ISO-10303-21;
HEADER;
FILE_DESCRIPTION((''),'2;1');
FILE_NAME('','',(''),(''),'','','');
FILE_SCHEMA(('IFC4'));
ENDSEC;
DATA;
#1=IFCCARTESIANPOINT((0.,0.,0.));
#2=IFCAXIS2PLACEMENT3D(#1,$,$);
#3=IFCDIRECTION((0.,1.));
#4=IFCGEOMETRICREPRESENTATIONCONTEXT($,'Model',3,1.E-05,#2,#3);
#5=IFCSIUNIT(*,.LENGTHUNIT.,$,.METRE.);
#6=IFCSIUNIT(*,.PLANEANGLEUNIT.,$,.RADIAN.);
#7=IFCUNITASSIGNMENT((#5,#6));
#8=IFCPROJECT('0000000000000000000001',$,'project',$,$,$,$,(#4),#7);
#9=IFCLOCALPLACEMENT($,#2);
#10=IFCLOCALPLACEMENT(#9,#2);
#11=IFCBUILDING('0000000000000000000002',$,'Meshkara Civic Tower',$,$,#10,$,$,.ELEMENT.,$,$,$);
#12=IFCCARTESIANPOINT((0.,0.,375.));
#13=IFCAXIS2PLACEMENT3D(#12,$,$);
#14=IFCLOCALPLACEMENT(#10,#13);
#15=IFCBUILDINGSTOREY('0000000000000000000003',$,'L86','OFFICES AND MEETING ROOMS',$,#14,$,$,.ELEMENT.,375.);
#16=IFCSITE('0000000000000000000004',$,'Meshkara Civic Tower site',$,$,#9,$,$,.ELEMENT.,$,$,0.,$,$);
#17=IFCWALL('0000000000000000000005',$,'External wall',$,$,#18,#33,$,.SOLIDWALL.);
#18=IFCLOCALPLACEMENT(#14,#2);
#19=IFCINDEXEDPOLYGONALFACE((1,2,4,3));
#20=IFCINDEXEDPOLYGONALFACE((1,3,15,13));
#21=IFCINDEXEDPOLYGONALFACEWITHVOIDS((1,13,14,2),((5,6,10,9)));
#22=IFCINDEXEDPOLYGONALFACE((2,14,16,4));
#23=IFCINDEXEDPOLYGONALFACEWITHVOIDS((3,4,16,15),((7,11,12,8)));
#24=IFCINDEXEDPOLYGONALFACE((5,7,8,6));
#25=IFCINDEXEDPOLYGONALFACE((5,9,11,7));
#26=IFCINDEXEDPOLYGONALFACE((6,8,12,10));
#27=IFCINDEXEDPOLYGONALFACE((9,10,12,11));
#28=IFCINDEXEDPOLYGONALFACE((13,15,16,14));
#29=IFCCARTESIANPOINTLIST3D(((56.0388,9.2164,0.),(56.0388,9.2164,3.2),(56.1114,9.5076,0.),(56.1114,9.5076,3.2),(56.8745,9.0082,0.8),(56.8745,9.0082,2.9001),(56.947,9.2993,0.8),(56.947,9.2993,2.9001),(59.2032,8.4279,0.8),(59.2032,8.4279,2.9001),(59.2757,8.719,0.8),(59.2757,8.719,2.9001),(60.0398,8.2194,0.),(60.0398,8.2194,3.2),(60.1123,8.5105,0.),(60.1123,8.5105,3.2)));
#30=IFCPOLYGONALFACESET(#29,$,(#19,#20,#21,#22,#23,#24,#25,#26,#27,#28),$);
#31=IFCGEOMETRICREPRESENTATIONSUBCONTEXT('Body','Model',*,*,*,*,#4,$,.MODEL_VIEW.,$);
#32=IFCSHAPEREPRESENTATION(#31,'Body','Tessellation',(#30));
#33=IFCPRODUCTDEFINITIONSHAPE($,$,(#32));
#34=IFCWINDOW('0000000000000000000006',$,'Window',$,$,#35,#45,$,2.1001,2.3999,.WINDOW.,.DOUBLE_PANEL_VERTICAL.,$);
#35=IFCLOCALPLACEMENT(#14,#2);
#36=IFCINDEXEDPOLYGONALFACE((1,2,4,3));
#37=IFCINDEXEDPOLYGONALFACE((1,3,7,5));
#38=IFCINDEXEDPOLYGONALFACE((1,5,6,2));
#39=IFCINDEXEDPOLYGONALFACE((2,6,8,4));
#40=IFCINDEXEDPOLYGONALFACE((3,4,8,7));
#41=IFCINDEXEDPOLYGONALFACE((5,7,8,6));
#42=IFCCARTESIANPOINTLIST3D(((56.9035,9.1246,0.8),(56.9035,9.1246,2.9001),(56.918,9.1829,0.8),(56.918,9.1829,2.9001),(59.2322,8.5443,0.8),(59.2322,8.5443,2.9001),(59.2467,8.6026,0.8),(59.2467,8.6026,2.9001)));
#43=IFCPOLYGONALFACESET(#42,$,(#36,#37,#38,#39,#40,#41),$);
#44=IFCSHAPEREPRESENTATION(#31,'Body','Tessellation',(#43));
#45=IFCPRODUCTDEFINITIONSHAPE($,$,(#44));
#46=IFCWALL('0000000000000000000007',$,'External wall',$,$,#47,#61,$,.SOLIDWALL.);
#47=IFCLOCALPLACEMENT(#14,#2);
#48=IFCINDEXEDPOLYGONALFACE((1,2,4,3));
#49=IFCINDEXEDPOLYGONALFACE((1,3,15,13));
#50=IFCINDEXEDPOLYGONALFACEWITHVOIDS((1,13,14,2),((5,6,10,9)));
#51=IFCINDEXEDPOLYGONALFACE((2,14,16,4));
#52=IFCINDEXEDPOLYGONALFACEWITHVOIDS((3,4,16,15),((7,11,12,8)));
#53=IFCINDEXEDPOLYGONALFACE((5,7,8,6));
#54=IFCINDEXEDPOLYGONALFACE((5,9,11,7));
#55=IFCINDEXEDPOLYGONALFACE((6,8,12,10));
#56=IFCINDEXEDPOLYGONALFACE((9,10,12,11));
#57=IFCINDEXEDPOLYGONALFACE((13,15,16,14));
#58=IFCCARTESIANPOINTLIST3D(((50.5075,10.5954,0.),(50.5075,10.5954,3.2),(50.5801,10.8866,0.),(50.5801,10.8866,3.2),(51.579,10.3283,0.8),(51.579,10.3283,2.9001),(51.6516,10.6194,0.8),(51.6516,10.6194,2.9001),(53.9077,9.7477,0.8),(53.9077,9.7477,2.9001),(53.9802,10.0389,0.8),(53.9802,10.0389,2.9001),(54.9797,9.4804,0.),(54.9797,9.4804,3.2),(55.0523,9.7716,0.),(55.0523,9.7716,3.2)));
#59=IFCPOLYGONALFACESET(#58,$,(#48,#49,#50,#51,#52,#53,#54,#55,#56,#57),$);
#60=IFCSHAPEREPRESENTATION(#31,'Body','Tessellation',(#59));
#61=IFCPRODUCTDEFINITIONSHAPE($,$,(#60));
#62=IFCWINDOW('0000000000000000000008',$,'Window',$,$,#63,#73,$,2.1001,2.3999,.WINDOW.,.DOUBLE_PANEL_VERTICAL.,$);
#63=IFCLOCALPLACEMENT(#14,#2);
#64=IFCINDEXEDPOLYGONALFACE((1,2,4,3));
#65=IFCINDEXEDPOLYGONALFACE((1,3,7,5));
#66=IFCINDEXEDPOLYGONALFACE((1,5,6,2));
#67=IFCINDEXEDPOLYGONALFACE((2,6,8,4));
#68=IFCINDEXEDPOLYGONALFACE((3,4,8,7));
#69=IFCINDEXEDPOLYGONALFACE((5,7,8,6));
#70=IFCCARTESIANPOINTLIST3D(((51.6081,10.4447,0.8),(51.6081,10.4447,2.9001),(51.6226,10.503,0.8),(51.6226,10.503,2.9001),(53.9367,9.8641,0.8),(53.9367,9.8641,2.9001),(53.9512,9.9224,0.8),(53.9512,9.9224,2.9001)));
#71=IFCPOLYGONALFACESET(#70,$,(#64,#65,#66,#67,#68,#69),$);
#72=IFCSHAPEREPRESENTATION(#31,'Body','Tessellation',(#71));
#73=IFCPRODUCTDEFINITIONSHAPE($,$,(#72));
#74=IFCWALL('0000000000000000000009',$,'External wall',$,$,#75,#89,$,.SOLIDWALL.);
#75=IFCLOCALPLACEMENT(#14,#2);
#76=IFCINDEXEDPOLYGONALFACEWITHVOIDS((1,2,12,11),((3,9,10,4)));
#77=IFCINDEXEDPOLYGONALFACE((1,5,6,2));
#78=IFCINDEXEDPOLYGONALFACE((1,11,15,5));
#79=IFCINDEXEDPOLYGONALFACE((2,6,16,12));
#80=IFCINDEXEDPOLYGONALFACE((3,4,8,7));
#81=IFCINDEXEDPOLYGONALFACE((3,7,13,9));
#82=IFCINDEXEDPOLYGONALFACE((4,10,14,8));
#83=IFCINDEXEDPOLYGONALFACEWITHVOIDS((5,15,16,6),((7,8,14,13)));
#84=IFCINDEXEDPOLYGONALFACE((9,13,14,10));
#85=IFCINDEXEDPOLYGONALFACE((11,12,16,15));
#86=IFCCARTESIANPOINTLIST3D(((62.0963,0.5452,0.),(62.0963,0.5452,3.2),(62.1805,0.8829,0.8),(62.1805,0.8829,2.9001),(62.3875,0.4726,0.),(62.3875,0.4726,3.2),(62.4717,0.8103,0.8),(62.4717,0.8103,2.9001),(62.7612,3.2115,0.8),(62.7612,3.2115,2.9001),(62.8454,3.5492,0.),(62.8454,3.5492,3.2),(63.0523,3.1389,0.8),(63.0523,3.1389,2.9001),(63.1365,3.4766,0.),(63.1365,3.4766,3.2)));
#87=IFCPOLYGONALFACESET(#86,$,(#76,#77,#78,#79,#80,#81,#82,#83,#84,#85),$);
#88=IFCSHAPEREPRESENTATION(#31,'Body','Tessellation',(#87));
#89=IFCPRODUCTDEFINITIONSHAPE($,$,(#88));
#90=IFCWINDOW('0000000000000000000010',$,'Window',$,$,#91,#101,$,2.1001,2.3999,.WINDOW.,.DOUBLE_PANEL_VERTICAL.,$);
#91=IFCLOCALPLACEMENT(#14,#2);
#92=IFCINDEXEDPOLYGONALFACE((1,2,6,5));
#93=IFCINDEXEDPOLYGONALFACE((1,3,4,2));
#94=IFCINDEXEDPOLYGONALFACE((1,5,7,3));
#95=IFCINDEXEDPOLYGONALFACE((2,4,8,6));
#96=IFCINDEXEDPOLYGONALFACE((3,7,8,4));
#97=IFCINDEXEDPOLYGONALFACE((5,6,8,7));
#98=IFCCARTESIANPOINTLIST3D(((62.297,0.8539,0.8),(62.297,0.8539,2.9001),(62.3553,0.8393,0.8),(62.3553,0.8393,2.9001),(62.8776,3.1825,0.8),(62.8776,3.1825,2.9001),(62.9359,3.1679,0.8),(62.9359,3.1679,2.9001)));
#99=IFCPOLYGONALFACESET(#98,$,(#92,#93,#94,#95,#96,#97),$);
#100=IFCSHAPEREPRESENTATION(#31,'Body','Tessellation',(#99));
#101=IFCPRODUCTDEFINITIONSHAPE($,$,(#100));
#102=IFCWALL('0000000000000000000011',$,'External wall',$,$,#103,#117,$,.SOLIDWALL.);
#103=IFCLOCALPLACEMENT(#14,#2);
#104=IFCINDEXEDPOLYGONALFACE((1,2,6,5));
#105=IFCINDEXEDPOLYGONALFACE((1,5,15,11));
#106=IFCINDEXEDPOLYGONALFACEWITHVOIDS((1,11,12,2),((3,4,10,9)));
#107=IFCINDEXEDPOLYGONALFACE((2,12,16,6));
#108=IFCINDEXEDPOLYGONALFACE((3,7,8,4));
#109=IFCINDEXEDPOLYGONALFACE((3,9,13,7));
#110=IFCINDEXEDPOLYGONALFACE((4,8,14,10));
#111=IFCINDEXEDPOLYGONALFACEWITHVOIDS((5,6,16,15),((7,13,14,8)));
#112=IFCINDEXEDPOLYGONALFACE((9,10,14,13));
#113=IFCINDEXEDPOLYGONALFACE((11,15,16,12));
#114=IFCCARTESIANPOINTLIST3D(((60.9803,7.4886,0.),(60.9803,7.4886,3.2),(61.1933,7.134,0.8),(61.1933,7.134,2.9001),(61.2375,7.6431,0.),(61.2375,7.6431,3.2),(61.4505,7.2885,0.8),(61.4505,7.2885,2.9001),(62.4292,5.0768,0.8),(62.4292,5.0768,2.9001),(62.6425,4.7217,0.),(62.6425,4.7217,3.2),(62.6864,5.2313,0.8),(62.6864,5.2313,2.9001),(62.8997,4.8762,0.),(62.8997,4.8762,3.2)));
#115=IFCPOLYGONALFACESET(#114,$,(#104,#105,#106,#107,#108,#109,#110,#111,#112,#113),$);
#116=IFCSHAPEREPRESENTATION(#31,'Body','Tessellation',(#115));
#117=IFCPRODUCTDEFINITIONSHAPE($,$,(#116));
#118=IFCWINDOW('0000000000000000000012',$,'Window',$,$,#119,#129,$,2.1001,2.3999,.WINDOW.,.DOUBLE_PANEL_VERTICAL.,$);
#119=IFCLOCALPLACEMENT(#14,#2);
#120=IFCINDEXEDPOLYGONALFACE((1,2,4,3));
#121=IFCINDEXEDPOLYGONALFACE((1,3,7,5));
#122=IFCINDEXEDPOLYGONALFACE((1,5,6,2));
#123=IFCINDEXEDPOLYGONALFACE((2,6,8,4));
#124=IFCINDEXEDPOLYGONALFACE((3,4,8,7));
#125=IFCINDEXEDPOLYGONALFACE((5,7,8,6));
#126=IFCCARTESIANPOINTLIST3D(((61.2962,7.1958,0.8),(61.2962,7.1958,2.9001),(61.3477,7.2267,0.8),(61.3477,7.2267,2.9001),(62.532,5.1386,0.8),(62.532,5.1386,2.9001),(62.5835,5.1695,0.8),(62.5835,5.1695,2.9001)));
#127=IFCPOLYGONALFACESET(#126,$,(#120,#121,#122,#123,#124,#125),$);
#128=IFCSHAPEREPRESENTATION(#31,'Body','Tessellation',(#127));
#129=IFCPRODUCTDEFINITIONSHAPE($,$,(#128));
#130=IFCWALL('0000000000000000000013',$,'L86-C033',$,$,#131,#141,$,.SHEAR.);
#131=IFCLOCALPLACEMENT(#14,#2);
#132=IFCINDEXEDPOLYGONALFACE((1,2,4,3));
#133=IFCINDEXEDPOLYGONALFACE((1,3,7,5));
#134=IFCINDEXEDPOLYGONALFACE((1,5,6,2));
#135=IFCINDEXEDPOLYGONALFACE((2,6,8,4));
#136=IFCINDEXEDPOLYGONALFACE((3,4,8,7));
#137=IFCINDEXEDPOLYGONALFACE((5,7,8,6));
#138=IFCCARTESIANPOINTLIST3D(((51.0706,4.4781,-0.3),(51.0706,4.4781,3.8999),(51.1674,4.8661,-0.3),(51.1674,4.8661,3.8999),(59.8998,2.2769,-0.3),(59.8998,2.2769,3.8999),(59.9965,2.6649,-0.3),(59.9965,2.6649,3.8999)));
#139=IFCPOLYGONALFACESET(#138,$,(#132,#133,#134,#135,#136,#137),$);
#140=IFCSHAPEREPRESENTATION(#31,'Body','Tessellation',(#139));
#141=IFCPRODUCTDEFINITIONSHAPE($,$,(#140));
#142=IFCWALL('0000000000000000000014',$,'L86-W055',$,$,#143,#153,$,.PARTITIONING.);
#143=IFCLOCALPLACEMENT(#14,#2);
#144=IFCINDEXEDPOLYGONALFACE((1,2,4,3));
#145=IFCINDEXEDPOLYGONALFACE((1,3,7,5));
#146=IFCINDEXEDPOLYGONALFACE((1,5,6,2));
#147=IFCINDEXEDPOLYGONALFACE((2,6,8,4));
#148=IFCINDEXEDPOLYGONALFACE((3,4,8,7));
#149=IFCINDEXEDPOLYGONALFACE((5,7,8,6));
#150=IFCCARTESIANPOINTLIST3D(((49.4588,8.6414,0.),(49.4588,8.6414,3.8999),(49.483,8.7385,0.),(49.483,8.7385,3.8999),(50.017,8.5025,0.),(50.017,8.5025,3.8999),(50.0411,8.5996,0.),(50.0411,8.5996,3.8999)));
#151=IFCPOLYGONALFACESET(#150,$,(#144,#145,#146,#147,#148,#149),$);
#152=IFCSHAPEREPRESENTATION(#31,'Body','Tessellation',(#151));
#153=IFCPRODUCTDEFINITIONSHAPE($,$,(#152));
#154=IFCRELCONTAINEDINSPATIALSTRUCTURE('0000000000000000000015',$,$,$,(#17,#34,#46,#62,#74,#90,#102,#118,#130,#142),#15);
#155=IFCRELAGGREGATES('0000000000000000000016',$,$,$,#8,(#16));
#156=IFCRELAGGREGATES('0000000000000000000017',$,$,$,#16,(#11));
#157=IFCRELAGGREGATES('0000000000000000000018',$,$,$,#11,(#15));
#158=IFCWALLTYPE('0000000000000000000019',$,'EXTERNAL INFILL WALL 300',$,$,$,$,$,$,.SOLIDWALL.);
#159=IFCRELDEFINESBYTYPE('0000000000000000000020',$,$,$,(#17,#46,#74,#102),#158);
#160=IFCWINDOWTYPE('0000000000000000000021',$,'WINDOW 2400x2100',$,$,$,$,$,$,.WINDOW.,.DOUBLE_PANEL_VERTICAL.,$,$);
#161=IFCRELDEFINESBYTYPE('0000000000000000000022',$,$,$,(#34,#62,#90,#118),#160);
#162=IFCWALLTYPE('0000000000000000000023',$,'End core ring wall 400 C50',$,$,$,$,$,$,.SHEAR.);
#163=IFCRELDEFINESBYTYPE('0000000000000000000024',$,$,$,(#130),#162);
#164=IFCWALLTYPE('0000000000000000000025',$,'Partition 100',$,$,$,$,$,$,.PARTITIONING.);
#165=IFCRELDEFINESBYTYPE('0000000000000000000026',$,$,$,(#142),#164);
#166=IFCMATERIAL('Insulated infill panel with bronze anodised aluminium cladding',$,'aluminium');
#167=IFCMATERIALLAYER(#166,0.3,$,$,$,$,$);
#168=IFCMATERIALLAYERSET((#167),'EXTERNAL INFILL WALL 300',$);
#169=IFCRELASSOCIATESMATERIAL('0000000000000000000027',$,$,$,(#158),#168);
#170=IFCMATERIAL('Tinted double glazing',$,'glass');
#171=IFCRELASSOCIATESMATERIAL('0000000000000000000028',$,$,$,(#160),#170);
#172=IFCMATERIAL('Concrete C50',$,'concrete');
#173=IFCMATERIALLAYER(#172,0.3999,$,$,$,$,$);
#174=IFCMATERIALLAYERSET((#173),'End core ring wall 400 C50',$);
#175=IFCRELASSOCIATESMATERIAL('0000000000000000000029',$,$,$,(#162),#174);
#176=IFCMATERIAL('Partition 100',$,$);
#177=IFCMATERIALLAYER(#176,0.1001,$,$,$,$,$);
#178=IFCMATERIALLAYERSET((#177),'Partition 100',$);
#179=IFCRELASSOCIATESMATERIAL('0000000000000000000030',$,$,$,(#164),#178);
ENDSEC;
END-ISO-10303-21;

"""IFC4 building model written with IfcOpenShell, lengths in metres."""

from ifc_helpers import new_model, si_unit, direction, frame, frame_2d, origin, place, context, subcontext, project, spatial, rectangle, extrude, material, layer, layer_set, type_object, element, fill, save


model = new_model("IFC4")

# Units and contexts
model_context = context("Model", 3, precision=1e-05, world=origin(), true_north=direction((0.0, 1.0)))
body_context = subcontext(model_context, "Body", "Model", "MODEL_VIEW")
ifc_project = project(units=[si_unit("LENGTHUNIT", "METRE"), si_unit("PLANEANGLEUNIT", "RADIAN")], contexts=[model_context])

# Site, building, storey
site_placement = place(None, origin())
site = spatial("IfcSite", under=ifc_project, at=site_placement, Name="Meshkara Civic Tower site", CompositionType="ELEMENT", RefElevation=0.0)
building_placement = place(site_placement, origin())
building = spatial("IfcBuilding", under=site, at=building_placement, Name="Meshkara Civic Tower", CompositionType="ELEMENT")
storey_placement = place(building_placement, frame((0.0, 0.0, 375.0)))
storey = spatial("IfcBuildingStorey", under=building, at=storey_placement, Name="L86", Description="OFFICES AND MEETING ROOMS", CompositionType="ELEMENT", Elevation=375.0)

# Walls, openings, windows
ifc_material_1 = material(Name="Insulated infill panel with bronze anodised aluminium cladding", Category="aluminium")
ifc_layer_1 = layer(ifc_material_1, 0.3)
ifc_layer_set_1 = layer_set([ifc_layer_1], Name="EXTERNAL INFILL WALL 300")
wall_type_1 = type_object("IfcWallType", Name="EXTERNAL INFILL WALL 300", PredefinedType="SOLIDWALL", material=ifc_layer_set_1)
wall_1_placement = place(storey_placement, frame((60.0759, 8.365, 0.0), z_axis=(0.0, 0.0, 1.0), x_axis=(-0.970323, 0.241811, 0.0)))
wall_1 = element("IfcWall", 1, at=wall_1_placement, inside=storey, type_object=wall_type_1, Name="External wall", PredefinedType="SOLIDWALL", context=body_context, shape_type="SweptSolid", body=[
    extrude(rectangle(XDim=4.1233, YDim=0.3, at=frame_2d((2.0615, 0.0))), origin(), (0.0, 0.0, 1.0), 3.2),
])
opening_1_placement = place(wall_1_placement, frame((0.8621, 0.0, 0.8)))
opening_1 = element("IfcOpeningElement", 2, at=opening_1_placement, cuts=wall_1, PredefinedType="OPENING", context=body_context, shape_type="SweptSolid", body=[
    extrude(rectangle(XDim=2.3999, YDim=2.1001, at=frame_2d((1.2, 1.05))), frame((0.0, 0.1599, 0.0), z_axis=(0.0, -1.0, 0.0), x_axis=(1.0, 0.0, 0.0)), (0.0, 0.0, 1.0), 0.3201),
])
ifc_material_2 = material(Name="Tinted double glazing", Category="glass")
window_type = type_object("IfcWindowType", Name="WINDOW 2400x2100", PartitioningType="DOUBLE_PANEL_VERTICAL", PredefinedType="WINDOW", material=ifc_material_2)
window_1_placement = place(opening_1_placement, origin())
window_1 = element("IfcWindow", 3, at=window_1_placement, inside=storey, type_object=window_type, Name="Window", OverallHeight=2.1001, OverallWidth=2.3999, PartitioningType="DOUBLE_PANEL_VERTICAL", PredefinedType="WINDOW", context=body_context, shape_type="SweptSolid", body=[
    extrude(rectangle(XDim=2.3999, YDim=2.1001, at=frame_2d((1.2, 1.05))), frame((0.0, 0.03, 0.0), z_axis=(0.0, -1.0, 0.0), x_axis=(1.0, 0.0, 0.0)), (0.0, 0.0, 1.0), 0.0601),
])
fill(opening_1, window_1)
wall_2_placement = place(storey_placement, frame((55.0161, 9.626, 0.0), z_axis=(0.0, 0.0, 1.0), x_axis=(-0.970298, 0.241912, 0.0)))
wall_2 = element("IfcWall", 4, at=wall_2_placement, inside=storey, type_object=wall_type_1, Name="External wall", PredefinedType="SOLIDWALL", context=body_context, shape_type="SweptSolid", body=[
    extrude(rectangle(XDim=4.6091, YDim=0.3, at=frame_2d((2.3047, 0.0))), origin(), (0.0, 0.0, 1.0), 3.2),
])
opening_2_placement = place(wall_2_placement, frame((1.105, 0.0, 0.8)))
opening_2 = element("IfcOpeningElement", 5, at=opening_2_placement, cuts=wall_2, PredefinedType="OPENING", context=body_context, shape_type="SweptSolid", body=[
    extrude(rectangle(XDim=2.3999, YDim=2.1001, at=frame_2d((1.2, 1.05))), frame((0.0, 0.1599, 0.0), z_axis=(0.0, -1.0, 0.0), x_axis=(1.0, 0.0, 0.0)), (0.0, 0.0, 1.0), 0.3201),
])
window_2_placement = place(opening_2_placement, origin())
window_2 = element("IfcWindow", 6, at=window_2_placement, inside=storey, type_object=window_type, Name="Window", OverallHeight=2.1001, OverallWidth=2.3999, PartitioningType="DOUBLE_PANEL_VERTICAL", PredefinedType="WINDOW", context=body_context, shape_type="SweptSolid", body=[
    extrude(rectangle(XDim=2.3999, YDim=2.1001, at=frame_2d((1.2, 1.05))), frame((0.0, 0.03, 0.0), z_axis=(0.0, -1.0, 0.0), x_axis=(1.0, 0.0, 0.0)), (0.0, 0.0, 1.0), 0.0601),
])
fill(opening_2, window_2)
wall_3_placement = place(storey_placement, frame((62.2419, 0.509, 0.0), z_axis=(0.0, 0.0, 1.0), x_axis=(0.241942, 0.970291, 0.0)))
wall_3 = element("IfcWall", 7, at=wall_3_placement, inside=storey, type_object=wall_type_1, Name="External wall", PredefinedType="SOLIDWALL", context=body_context, shape_type="SweptSolid", body=[
    extrude(rectangle(XDim=3.0959, YDim=0.3, at=frame_2d((1.5479, 0.0))), origin(), (0.0, 0.0, 1.0), 3.2),
])
opening_3_placement = place(wall_3_placement, frame((0.3479, 0.0, 0.8)))
opening_3 = element("IfcOpeningElement", 8, at=opening_3_placement, cuts=wall_3, PredefinedType="OPENING", context=body_context, shape_type="SweptSolid", body=[
    extrude(rectangle(XDim=2.3999, YDim=2.1001, at=frame_2d((1.2, 1.05))), frame((0.0, 0.1599, 0.0), z_axis=(0.0, -1.0, 0.0), x_axis=(1.0, 0.0, 0.0)), (0.0, 0.0, 1.0), 0.3201),
])
window_3_placement = place(opening_3_placement, origin())
window_3 = element("IfcWindow", 9, at=window_3_placement, inside=storey, type_object=window_type, Name="Window", OverallHeight=2.1001, OverallWidth=2.3999, PartitioningType="DOUBLE_PANEL_VERTICAL", PredefinedType="WINDOW", context=body_context, shape_type="SweptSolid", body=[
    extrude(rectangle(XDim=2.3999, YDim=2.1001, at=frame_2d((1.2, 1.05))), frame((0.0, 0.03, 0.0), z_axis=(0.0, -1.0, 0.0), x_axis=(1.0, 0.0, 0.0)), (0.0, 0.0, 1.0), 0.0601),
])
fill(opening_3, window_3)
wall_4_placement = place(storey_placement, frame((62.771, 4.7991, 0.0), z_axis=(0.0, 0.0, 1.0), x_axis=(-0.514952, 0.857219, 0.0)))
wall_4 = element("IfcWall", 10, at=wall_4_placement, inside=storey, type_object=wall_type_1, Name="External wall", PredefinedType="SOLIDWALL", context=body_context, shape_type="SweptSolid", body=[
    extrude(rectangle(XDim=3.2278, YDim=0.3, at=frame_2d((1.6138, 0.0))), origin(), (0.0, 0.0, 1.0), 3.2),
])
opening_4_placement = place(wall_4_placement, frame((0.4141, 0.0, 0.8)))
opening_4 = element("IfcOpeningElement", 11, at=opening_4_placement, cuts=wall_4, PredefinedType="OPENING", context=body_context, shape_type="SweptSolid", body=[
    extrude(rectangle(XDim=2.3999, YDim=2.1001, at=frame_2d((1.2, 1.05))), frame((0.0, 0.1599, 0.0), z_axis=(0.0, -1.0, 0.0), x_axis=(1.0, 0.0, 0.0)), (0.0, 0.0, 1.0), 0.3201),
])
window_4_placement = place(opening_4_placement, origin())
window_4 = element("IfcWindow", 12, at=window_4_placement, inside=storey, type_object=window_type, Name="Window", OverallHeight=2.1001, OverallWidth=2.3999, PartitioningType="DOUBLE_PANEL_VERTICAL", PredefinedType="WINDOW", context=body_context, shape_type="SweptSolid", body=[
    extrude(rectangle(XDim=2.3999, YDim=2.1001, at=frame_2d((1.2, 1.05))), frame((0.0, 0.03, 0.0), z_axis=(0.0, -1.0, 0.0), x_axis=(1.0, 0.0, 0.0)), (0.0, 0.0, 1.0), 0.0601),
])
fill(opening_4, window_4)

# Walls
ifc_material_3 = material(Name="Concrete C50", Category="concrete")
ifc_layer_2 = layer(ifc_material_3, 0.3999)
ifc_layer_set_2 = layer_set([ifc_layer_2], Name="End core ring wall 400 C50")
wall_type_2 = type_object("IfcWallType", Name="End core ring wall 400 C50", PredefinedType="SHEAR", material=ifc_layer_set_2)
wall_5_placement = place(storey_placement, frame((51.1189, 4.6721, -0.3), z_axis=(0.0, 0.0, 1.0), x_axis=(0.9703, -0.241904, 0.0)))
element("IfcWall", 13, at=wall_5_placement, inside=storey, type_object=wall_type_2, Name="L86-C033", PredefinedType="SHEAR", context=body_context, shape_type="SweptSolid", body=[
    extrude(rectangle(XDim=9.0994, YDim=0.3999, at=frame_2d((4.5498, 0.0))), origin(), (0.0, 0.0, 1.0), 4.2),
])
ifc_material_4 = material(Name="Partition 100")
ifc_layer_3 = layer(ifc_material_4, 0.1001)
ifc_layer_set_3 = layer_set([ifc_layer_3], Name="Partition 100")
wall_type_3 = type_object("IfcWallType", Name="Partition 100", PredefinedType="PARTITIONING", material=ifc_layer_set_3)
wall_6_placement = place(storey_placement, frame((50.0291, 8.551, 0.0), z_axis=(0.0, 0.0, 1.0), x_axis=(-0.970392, 0.241537, 0.0)))
element("IfcWall", 14, at=wall_6_placement, inside=storey, type_object=wall_type_3, Name="L86-W055", PredefinedType="PARTITIONING", context=body_context, shape_type="SweptSolid", body=[
    extrude(rectangle(XDim=0.5752, YDim=0.1001, at=frame_2d((0.2876, 0.0))), origin(), (0.0, 0.0, 1.0), 3.8999),
])

save(model, "model.ifc")
